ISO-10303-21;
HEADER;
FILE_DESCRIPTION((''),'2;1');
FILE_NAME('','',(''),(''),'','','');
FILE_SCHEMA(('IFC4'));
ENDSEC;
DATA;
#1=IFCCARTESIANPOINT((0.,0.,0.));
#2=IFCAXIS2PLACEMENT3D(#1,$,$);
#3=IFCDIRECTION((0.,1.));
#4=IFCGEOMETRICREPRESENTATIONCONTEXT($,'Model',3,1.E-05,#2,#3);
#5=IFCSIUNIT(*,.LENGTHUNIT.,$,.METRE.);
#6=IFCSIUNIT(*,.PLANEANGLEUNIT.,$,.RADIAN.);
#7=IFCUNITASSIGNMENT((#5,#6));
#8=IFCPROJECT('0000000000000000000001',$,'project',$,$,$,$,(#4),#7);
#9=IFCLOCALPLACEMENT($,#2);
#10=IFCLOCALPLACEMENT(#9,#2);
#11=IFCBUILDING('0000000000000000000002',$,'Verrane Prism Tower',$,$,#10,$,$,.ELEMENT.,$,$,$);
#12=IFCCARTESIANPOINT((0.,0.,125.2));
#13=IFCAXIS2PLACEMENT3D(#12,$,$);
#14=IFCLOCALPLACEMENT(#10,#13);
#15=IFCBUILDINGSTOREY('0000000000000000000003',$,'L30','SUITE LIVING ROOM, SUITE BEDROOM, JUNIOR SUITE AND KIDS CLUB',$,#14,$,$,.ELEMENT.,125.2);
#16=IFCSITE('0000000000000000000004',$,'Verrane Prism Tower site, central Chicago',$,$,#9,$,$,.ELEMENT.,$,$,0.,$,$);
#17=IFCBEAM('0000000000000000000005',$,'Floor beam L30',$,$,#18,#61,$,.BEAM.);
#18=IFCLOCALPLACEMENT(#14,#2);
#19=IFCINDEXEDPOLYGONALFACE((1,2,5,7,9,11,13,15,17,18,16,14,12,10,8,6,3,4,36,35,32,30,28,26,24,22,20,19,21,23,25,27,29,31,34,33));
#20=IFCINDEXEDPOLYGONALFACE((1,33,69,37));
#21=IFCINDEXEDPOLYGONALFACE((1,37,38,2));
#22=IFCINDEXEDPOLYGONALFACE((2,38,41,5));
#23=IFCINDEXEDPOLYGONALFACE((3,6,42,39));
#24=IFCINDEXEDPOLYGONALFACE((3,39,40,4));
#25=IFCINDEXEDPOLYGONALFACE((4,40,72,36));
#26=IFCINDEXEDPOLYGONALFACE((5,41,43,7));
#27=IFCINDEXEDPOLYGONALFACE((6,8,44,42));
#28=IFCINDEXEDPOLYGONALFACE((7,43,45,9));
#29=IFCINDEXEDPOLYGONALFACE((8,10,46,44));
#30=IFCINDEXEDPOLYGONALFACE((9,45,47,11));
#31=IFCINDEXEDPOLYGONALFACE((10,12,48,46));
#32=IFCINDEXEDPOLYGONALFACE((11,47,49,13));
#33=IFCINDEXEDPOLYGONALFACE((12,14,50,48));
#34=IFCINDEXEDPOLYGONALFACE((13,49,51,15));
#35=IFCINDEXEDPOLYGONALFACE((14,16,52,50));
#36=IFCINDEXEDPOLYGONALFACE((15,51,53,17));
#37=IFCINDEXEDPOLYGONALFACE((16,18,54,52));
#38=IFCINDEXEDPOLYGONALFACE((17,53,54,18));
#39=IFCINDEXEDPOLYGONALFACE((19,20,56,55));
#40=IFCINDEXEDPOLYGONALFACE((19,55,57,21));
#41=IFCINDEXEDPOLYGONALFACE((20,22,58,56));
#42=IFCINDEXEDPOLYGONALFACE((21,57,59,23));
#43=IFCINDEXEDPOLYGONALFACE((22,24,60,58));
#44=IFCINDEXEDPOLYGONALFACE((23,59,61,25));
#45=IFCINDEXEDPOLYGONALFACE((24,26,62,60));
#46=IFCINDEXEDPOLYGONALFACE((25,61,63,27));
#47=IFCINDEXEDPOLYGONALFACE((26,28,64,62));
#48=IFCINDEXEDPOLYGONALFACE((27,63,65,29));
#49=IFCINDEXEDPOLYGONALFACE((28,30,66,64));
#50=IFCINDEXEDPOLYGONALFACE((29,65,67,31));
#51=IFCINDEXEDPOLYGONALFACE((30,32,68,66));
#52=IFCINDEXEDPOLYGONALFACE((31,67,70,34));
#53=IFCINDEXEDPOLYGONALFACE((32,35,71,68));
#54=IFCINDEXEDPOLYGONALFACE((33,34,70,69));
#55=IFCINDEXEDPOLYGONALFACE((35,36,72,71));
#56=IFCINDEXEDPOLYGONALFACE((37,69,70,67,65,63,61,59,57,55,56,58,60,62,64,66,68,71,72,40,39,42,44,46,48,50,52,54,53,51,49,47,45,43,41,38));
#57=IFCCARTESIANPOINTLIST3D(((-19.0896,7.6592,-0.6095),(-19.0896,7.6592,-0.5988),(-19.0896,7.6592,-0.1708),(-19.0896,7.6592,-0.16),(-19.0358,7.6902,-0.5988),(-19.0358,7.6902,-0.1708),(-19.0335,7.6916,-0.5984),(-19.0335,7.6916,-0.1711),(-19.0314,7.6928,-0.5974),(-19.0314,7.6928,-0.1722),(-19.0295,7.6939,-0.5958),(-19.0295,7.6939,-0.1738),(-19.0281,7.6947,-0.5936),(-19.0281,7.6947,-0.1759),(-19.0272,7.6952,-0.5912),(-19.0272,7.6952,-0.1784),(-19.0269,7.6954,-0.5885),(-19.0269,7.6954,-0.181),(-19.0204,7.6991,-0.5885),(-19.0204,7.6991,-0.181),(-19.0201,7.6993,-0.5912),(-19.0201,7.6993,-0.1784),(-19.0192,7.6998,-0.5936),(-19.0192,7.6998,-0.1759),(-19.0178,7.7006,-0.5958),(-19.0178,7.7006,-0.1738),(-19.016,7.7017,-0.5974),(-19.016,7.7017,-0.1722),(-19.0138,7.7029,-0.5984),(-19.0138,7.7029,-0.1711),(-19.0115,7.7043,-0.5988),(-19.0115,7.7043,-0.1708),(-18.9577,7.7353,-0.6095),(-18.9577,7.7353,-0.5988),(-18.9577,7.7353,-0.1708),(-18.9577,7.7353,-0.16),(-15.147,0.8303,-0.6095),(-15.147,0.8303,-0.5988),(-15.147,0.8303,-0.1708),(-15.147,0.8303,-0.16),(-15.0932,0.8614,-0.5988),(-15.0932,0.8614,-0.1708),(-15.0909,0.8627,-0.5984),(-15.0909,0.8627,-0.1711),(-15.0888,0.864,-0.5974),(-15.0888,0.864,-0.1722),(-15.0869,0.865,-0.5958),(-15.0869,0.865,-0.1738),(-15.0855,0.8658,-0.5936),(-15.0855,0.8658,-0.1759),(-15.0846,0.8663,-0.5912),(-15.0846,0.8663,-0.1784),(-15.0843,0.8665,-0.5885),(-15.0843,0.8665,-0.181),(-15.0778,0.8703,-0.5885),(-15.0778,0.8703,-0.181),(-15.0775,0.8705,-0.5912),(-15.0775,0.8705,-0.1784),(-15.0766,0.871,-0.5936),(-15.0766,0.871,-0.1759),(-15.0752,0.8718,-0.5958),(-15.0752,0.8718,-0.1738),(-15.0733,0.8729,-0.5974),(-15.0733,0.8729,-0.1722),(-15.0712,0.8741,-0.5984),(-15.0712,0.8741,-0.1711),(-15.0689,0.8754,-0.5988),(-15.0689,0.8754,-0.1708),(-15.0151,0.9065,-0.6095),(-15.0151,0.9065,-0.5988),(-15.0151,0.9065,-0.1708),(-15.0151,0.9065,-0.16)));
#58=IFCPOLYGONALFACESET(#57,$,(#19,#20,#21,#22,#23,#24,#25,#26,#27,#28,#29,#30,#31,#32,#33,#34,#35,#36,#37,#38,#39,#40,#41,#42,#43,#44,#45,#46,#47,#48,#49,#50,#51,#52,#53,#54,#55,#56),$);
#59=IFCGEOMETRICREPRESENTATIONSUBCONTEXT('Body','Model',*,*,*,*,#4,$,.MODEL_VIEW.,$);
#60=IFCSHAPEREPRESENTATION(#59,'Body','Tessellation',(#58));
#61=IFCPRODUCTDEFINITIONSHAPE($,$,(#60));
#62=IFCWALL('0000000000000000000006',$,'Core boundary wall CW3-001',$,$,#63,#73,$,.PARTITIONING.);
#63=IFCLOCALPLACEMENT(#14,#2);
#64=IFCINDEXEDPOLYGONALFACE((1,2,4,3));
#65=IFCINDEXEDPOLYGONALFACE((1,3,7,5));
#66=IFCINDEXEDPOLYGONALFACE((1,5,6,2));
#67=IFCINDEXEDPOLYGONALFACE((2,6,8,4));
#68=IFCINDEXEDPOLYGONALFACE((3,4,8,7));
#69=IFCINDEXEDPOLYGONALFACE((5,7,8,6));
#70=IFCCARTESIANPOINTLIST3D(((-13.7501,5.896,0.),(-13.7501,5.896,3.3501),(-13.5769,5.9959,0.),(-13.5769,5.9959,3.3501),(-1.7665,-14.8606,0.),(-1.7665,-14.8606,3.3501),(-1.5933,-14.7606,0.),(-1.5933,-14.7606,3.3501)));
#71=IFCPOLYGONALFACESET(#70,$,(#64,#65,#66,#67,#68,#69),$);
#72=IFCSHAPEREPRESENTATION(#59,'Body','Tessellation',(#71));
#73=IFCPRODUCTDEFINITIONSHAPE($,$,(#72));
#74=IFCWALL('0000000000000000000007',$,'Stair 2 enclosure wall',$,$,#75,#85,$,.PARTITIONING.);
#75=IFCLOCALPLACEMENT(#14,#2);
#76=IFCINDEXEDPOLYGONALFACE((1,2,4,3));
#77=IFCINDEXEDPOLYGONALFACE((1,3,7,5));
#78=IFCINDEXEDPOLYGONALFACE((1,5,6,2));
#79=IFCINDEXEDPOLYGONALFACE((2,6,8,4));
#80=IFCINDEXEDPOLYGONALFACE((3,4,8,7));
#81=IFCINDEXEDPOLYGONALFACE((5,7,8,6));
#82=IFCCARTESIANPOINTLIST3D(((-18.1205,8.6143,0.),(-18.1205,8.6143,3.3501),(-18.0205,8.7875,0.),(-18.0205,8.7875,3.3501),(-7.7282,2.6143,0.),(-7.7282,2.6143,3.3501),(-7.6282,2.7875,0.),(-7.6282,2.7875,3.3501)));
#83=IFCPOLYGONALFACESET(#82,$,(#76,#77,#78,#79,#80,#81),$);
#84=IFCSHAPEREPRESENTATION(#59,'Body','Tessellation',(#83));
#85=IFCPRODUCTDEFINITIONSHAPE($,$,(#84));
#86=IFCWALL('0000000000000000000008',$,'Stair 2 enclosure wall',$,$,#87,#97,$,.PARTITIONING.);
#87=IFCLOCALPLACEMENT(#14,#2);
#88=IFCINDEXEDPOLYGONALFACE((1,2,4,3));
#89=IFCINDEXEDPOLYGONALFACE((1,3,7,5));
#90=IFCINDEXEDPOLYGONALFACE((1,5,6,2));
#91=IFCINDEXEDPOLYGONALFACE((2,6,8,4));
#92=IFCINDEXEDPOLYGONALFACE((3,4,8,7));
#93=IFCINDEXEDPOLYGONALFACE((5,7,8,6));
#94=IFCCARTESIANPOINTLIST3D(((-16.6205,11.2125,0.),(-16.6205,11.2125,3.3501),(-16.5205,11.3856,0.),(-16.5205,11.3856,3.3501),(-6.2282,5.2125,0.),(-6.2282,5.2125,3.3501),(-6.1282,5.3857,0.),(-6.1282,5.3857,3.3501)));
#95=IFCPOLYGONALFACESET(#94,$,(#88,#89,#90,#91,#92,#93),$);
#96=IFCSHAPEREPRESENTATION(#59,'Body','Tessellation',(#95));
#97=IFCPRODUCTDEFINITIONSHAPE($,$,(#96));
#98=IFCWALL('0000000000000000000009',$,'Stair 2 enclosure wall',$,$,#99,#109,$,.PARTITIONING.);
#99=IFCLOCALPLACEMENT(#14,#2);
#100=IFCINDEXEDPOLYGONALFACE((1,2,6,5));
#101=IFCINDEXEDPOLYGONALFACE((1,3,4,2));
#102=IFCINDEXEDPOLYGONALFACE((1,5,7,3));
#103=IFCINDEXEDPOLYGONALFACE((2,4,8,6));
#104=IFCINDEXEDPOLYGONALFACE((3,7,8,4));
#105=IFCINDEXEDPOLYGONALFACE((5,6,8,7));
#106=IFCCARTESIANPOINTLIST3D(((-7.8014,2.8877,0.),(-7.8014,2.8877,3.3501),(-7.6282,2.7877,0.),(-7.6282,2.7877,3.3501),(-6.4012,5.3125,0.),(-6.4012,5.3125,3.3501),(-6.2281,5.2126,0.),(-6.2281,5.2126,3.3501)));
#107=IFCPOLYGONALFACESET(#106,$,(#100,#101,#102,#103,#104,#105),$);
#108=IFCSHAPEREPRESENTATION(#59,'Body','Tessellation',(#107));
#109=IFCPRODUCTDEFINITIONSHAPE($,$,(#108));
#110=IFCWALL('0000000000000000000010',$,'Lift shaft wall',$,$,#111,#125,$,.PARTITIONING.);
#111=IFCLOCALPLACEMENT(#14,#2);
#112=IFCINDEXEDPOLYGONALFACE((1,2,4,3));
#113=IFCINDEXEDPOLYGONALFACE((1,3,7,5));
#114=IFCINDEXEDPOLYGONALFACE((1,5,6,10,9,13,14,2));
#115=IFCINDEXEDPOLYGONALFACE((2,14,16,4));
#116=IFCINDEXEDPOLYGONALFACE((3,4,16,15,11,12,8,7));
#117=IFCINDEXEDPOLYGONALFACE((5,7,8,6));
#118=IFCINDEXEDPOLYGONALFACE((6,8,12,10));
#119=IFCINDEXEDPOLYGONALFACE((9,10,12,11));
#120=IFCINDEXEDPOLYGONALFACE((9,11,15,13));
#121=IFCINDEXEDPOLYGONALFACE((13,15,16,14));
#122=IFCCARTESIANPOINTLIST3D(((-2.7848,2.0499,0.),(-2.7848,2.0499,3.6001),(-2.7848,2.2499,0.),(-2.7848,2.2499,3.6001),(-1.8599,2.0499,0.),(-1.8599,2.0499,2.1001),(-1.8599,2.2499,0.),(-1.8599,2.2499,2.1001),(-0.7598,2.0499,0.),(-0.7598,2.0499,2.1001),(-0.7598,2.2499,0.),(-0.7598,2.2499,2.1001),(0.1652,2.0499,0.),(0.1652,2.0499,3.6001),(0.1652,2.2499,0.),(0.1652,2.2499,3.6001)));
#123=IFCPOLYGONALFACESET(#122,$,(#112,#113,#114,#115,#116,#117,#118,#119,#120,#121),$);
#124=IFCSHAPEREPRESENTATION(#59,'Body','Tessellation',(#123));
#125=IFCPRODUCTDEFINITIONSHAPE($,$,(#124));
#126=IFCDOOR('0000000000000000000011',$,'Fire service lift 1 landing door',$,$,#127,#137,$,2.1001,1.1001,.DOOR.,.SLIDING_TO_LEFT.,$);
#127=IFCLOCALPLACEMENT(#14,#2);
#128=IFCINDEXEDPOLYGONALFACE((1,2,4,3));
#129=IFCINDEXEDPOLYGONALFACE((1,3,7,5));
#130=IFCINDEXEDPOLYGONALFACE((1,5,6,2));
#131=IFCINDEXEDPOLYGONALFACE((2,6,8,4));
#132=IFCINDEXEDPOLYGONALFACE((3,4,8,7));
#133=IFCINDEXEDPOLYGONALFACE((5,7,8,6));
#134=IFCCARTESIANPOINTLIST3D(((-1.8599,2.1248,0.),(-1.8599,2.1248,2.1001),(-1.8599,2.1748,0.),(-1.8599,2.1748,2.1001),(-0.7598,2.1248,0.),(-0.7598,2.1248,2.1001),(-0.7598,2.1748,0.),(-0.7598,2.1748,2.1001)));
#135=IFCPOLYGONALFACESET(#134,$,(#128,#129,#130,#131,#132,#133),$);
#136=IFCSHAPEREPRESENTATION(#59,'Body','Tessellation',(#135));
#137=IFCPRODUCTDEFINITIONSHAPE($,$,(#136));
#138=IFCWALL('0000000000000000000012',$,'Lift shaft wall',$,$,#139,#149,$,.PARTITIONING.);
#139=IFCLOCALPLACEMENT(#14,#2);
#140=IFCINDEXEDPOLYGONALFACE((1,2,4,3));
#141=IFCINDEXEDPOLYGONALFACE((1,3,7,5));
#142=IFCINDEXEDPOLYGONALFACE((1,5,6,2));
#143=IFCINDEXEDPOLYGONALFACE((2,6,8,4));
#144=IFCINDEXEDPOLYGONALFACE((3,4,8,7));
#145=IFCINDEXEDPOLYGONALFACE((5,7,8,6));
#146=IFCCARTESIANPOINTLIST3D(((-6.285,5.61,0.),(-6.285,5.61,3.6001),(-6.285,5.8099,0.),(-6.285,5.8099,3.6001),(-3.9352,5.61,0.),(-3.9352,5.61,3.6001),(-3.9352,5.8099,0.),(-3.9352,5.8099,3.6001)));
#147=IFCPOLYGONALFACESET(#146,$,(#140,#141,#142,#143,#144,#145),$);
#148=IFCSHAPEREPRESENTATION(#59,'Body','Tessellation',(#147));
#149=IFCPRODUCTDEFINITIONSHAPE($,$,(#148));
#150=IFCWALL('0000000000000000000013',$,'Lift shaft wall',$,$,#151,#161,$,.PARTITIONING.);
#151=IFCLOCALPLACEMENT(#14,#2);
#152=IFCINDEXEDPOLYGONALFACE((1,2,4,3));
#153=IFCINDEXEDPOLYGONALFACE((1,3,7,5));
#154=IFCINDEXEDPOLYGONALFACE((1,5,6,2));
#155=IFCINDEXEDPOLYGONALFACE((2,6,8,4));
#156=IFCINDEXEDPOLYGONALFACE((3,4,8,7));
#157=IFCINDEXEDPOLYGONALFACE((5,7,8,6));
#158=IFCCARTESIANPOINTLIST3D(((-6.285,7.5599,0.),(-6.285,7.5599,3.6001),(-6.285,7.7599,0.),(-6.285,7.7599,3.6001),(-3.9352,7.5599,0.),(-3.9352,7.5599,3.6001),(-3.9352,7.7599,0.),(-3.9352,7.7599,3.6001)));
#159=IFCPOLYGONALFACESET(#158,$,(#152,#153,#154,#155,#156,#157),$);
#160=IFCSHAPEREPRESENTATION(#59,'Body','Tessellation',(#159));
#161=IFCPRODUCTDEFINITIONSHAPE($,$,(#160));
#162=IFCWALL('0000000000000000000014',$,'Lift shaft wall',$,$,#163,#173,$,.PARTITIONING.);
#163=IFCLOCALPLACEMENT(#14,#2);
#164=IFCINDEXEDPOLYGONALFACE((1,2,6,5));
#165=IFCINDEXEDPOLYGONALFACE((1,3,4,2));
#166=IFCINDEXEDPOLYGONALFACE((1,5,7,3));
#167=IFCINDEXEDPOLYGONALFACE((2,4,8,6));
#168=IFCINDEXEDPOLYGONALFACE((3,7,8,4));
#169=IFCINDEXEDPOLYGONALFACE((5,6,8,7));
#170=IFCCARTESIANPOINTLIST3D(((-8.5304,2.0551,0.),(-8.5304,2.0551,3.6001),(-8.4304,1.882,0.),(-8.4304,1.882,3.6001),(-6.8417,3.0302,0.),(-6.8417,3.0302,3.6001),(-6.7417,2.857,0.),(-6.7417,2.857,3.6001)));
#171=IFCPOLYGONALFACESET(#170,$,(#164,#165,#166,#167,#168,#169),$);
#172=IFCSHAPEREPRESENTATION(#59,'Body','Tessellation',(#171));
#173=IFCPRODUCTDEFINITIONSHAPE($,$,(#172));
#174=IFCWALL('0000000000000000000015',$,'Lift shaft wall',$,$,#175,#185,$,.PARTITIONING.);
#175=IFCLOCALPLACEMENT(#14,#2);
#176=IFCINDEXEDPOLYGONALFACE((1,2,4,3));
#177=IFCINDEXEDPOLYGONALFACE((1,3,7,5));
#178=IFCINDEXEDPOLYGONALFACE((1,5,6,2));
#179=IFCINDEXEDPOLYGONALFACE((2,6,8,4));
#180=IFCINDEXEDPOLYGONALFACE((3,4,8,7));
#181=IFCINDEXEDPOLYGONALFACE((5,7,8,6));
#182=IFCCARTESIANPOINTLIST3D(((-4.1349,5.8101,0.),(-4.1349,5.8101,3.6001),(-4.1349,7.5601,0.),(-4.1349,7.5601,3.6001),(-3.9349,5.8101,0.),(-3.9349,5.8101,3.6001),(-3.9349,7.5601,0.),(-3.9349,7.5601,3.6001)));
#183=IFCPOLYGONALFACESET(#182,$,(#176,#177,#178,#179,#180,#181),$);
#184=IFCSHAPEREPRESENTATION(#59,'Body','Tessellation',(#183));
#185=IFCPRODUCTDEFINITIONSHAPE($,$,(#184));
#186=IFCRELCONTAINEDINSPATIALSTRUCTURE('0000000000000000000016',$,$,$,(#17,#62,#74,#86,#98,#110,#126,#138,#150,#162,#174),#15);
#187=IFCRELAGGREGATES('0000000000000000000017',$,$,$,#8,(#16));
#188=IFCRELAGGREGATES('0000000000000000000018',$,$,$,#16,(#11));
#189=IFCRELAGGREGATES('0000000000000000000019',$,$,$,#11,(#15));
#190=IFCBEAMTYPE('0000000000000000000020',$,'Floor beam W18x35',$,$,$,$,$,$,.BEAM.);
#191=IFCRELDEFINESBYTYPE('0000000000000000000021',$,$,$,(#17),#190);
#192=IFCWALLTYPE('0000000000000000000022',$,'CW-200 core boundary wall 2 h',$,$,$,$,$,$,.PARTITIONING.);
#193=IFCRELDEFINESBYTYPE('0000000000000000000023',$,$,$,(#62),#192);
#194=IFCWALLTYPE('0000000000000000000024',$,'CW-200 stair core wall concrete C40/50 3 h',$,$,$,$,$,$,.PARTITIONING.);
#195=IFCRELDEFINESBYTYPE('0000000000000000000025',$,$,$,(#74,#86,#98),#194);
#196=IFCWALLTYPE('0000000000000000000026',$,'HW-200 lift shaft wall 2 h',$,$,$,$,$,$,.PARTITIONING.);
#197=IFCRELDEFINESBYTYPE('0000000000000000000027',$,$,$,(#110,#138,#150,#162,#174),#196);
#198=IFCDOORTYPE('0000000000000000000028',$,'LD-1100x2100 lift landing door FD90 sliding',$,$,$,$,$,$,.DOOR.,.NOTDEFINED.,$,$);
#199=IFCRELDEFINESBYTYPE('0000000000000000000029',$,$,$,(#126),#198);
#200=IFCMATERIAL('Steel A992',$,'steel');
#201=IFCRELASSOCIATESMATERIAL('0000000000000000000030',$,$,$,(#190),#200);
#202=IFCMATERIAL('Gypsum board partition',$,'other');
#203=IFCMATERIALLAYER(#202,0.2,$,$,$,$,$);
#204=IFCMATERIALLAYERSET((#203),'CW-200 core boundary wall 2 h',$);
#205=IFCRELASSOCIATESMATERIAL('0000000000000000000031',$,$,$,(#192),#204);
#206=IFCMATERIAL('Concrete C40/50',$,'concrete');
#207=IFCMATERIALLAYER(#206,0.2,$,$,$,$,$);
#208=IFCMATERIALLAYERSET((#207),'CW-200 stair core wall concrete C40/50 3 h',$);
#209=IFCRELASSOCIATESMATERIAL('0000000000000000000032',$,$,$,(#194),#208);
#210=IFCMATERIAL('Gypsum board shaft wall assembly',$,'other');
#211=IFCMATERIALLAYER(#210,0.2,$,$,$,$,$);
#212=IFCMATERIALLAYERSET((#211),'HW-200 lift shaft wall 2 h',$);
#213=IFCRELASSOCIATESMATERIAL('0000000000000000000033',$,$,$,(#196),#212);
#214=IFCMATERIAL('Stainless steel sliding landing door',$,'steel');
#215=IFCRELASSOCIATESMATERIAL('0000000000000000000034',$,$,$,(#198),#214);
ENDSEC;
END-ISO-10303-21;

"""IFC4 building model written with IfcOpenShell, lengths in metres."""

from ifc_helpers import new_model, si_unit, direction, frame, frame_2d, origin, origin_2d, place, context, subcontext, project, spatial, rectangle, i_section, extrude, material, layer, layer_set, material_profile, profile_set, type_object, element, fill, save


model = new_model("IFC4")

# Units and contexts
model_context = context("Model", 3, precision=1e-05, world=origin(), true_north=direction((0.0, 1.0)))
body_context = subcontext(model_context, "Body", "Model", "MODEL_VIEW")
ifc_project = project(units=[si_unit("LENGTHUNIT", "METRE"), si_unit("PLANEANGLEUNIT", "RADIAN")], contexts=[model_context])

# Site, building, storey
site_placement = place(None, origin())
site = spatial("IfcSite", under=ifc_project, at=site_placement, Name="Verrane Prism Tower site, central Chicago", CompositionType="ELEMENT", RefElevation=0.0)
building_placement = place(site_placement, origin())
building = spatial("IfcBuilding", under=site, at=building_placement, Name="Verrane Prism Tower", CompositionType="ELEMENT")
storey_placement = place(building_placement, frame((0.0, 0.0, 125.2)))
storey = spatial("IfcBuildingStorey", under=building, at=storey_placement, Name="L30", Description="SUITE LIVING ROOM, SUITE BEDROOM, JUNIOR SUITE AND KIDS CLUB", CompositionType="ELEMENT", Elevation=125.2)

# Beam
ifc_material_1 = material(Name="Steel A992", Category="steel")
ifc_material_profile_1 = material_profile(ifc_material_1, i_section(OverallWidth=0.1523, OverallDepth=0.4495, WebThickness=0.0076, FlangeThickness=0.0107, FilletRadius=0.0103, at=origin_2d()), Name="W18x35")
ifc_profile_set_1 = profile_set([ifc_material_profile_1], Name="Steel A992")
beam_type_1 = type_object("IfcBeamType", Name="Floor beam W18x35", PredefinedType="BEAM", material=ifc_profile_set_1)
beam_1_placement = place(storey_placement, frame((-15.0811, 0.8684, -0.3848), z_axis=(-0.499999, 0.866026, 0.0), x_axis=(-0.866026, -0.499999, 0.0)))
element("IfcBeam", 1, at=beam_1_placement, inside=storey, type_object=beam_type_1, Name="Floor beam L30", PredefinedType="BEAM", context=body_context, shape_type="SweptSolid", body=[
    extrude(i_section(OverallWidth=0.1523, OverallDepth=0.4495, WebThickness=0.0076, FlangeThickness=0.0107, FilletRadius=0.0103, at=origin_2d()), origin(), (0.0, 0.0, 1.0), 7.8853),
])

# Walls
ifc_material_2 = material(Name="Gypsum board partition", Category="other")
ifc_layer_1 = layer(ifc_material_2, 0.2)
ifc_layer_set_1 = layer_set([ifc_layer_1], Name="CW-200 core boundary wall 2 h")
wall_type_1 = type_object("IfcWallType", Name="CW-200 core boundary wall 2 h", PredefinedType="PARTITIONING", material=ifc_layer_set_1)
wall_1_placement = place(storey_placement, frame((-13.6636, 5.946, 0.0), z_axis=(0.0, 0.0, 1.0), x_axis=(0.499994, -0.866029, 0.0)))
element("IfcWall", 2, at=wall_1_placement, inside=storey, type_object=wall_type_1, Name="Core boundary wall CW3-001", PredefinedType="PARTITIONING", context=body_context, shape_type="SweptSolid", body=[
    extrude(rectangle(XDim=23.9675, YDim=0.2, at=frame_2d((11.9839, 0.0))), origin(), (0.0, 0.0, 1.0), 3.3501),
])
ifc_material_3 = material(Name="Concrete C40/50", Category="concrete")
ifc_layer_2 = layer(ifc_material_3, 0.2)
ifc_layer_set_2 = layer_set([ifc_layer_2], Name="CW-200 stair core wall concrete C40/50 3 h")
wall_type_2 = type_object("IfcWallType", Name="CW-200 stair core wall concrete C40/50 3 h", PredefinedType="PARTITIONING", material=ifc_layer_set_2)
for number, where, z_axis, x_axis, name in (
    (3, (-7.6782, 2.7009, 0.0), (0.0, 0.0, 1.0), (-0.866026, 0.499999, 0.0), "Stair 2 enclosure wall"),
    (4, (-6.1782, 5.2991, 0.0), (0.0, 0.0, 1.0), (-0.866026, 0.499999, 0.0), "Stair 2 enclosure wall"),
):
    element("IfcWall", number, at=place(storey_placement, frame(where, z_axis=z_axis, x_axis=x_axis)), inside=storey, type_object=wall_type_2, Name=name, PredefinedType="PARTITIONING", context=body_context, shape_type="SweptSolid", body=[
        extrude(rectangle(XDim=12.0, YDim=0.2, at=frame_2d((6.0, 0.0))), origin(), (0.0, 0.0, 1.0), 3.3501),
    ])
wall_2_placement = place(storey_placement, frame((-6.3147, 5.2625, 0.0), z_axis=(0.0, 0.0, 1.0), x_axis=(-0.50005, -0.865997, 0.0)))
element("IfcWall", 5, at=wall_2_placement, inside=storey, type_object=wall_type_2, Name="Stair 2 enclosure wall", PredefinedType="PARTITIONING", context=body_context, shape_type="SweptSolid", body=[
    extrude(rectangle(XDim=2.8, YDim=0.2, at=frame_2d((1.3999, 0.0))), origin(), (0.0, 0.0, 1.0), 3.3501),
])

# Wall, opening, door
ifc_material_4 = material(Name="Gypsum board shaft wall assembly", Category="other")
ifc_layer_3 = layer(ifc_material_4, 0.2)
ifc_layer_set_3 = layer_set([ifc_layer_3], Name="HW-200 lift shaft wall 2 h")
wall_type_3 = type_object("IfcWallType", Name="HW-200 lift shaft wall 2 h", PredefinedType="PARTITIONING", material=ifc_layer_set_3)
wall_3_placement = place(storey_placement, frame((-2.7849, 2.1499, 0.0), z_axis=(0.0, 0.0, 1.0), x_axis=(1.0, 0.0, 0.0)))
wall_3 = element("IfcWall", 6, at=wall_3_placement, inside=storey, type_object=wall_type_3, Name="Lift shaft wall", PredefinedType="PARTITIONING", context=body_context, shape_type="SweptSolid", body=[
    extrude(rectangle(XDim=2.95, YDim=0.2, at=frame_2d((1.4751, 0.0))), origin(), (0.0, 0.0, 1.0), 3.6001),
])
opening_1_placement = place(wall_3_placement, frame((0.925, 0.0, 0.0)))
opening_1 = element("IfcOpeningElement", 7, at=opening_1_placement, cuts=wall_3, PredefinedType="OPENING", context=body_context, shape_type="SweptSolid", body=[
    extrude(rectangle(XDim=1.1001, YDim=2.1001, at=frame_2d((0.55, 1.05))), frame((0.0, 0.1099, 0.0), z_axis=(0.0, -1.0, 0.0), x_axis=(1.0, 0.0, 0.0)), (0.0, 0.0, 1.0), 0.22),
])
ifc_material_5 = material(Name="Stainless steel sliding landing door", Category="steel")
door_type_1 = type_object("IfcDoorType", Name="LD-1100x2100 lift landing door FD90 sliding", OperationType="NOTDEFINED", PredefinedType="DOOR", material=ifc_material_5)
door_1_placement = place(opening_1_placement, origin())
door_1 = element("IfcDoor", 8, at=door_1_placement, inside=storey, type_object=door_type_1, Name="Fire service lift 1 landing door", OperationType="SLIDING_TO_LEFT", OverallHeight=2.1001, OverallWidth=1.1001, PredefinedType="DOOR", context=body_context, shape_type="SweptSolid", body=[
    extrude(rectangle(XDim=1.1001, YDim=2.1001, at=frame_2d((0.55, 1.05))), frame((0.0, 0.0249, 0.0), z_axis=(0.0, -1.0, 0.0), x_axis=(1.0, 0.0, 0.0)), (0.0, 0.0, 1.0), 0.05),
])
fill(opening_1, door_1)

# Walls
for number, where, z_axis, x_axis, name in (
    (9, (-6.2849, 5.71, 0.0), (0.0, 0.0, 1.0), (1.0, 0.0, 0.0), "Lift shaft wall"),
    (10, (-6.2849, 7.6599, 0.0), (0.0, 0.0, 1.0), (1.0, 0.0, 0.0), "Lift shaft wall"),
):
    element("IfcWall", number, at=place(storey_placement, frame(where, z_axis=z_axis, x_axis=x_axis)), inside=storey, type_object=wall_type_3, Name=name, PredefinedType="PARTITIONING", context=body_context, shape_type="SweptSolid", body=[
        extrude(rectangle(XDim=2.3499, YDim=0.2, at=frame_2d((1.1748, 0.0))), origin(), (0.0, 0.0, 1.0), 3.6001),
    ])
wall_4_placement = place(storey_placement, frame((-8.4805, 1.9685, 0.0), z_axis=(0.0, 0.0, 1.0), x_axis=(0.866, 0.500044, 0.0)))
element("IfcWall", 11, at=wall_4_placement, inside=storey, type_object=wall_type_3, Name="Lift shaft wall", PredefinedType="PARTITIONING", context=body_context, shape_type="SweptSolid", body=[
    extrude(rectangle(XDim=1.95, YDim=0.2, at=frame_2d((0.9751, 0.0))), origin(), (0.0, 0.0, 1.0), 3.6001),
])
for number, where, z_axis, x_axis, name in (
    (12, (-4.0349, 5.8101, 0.0), (0.0, 0.0, 1.0), (0.0, 1.0, 0.0), "Lift shaft wall"),
):
    element("IfcWall", number, at=place(storey_placement, frame(where, z_axis=z_axis, x_axis=x_axis)), inside=storey, type_object=wall_type_3, Name=name, PredefinedType="PARTITIONING", context=body_context, shape_type="SweptSolid", body=[
        extrude(rectangle(XDim=1.75, YDim=0.2, at=frame_2d((0.875, 0.0))), origin(), (0.0, 0.0, 1.0), 3.6001),
    ])

save(model, "model.ifc")
